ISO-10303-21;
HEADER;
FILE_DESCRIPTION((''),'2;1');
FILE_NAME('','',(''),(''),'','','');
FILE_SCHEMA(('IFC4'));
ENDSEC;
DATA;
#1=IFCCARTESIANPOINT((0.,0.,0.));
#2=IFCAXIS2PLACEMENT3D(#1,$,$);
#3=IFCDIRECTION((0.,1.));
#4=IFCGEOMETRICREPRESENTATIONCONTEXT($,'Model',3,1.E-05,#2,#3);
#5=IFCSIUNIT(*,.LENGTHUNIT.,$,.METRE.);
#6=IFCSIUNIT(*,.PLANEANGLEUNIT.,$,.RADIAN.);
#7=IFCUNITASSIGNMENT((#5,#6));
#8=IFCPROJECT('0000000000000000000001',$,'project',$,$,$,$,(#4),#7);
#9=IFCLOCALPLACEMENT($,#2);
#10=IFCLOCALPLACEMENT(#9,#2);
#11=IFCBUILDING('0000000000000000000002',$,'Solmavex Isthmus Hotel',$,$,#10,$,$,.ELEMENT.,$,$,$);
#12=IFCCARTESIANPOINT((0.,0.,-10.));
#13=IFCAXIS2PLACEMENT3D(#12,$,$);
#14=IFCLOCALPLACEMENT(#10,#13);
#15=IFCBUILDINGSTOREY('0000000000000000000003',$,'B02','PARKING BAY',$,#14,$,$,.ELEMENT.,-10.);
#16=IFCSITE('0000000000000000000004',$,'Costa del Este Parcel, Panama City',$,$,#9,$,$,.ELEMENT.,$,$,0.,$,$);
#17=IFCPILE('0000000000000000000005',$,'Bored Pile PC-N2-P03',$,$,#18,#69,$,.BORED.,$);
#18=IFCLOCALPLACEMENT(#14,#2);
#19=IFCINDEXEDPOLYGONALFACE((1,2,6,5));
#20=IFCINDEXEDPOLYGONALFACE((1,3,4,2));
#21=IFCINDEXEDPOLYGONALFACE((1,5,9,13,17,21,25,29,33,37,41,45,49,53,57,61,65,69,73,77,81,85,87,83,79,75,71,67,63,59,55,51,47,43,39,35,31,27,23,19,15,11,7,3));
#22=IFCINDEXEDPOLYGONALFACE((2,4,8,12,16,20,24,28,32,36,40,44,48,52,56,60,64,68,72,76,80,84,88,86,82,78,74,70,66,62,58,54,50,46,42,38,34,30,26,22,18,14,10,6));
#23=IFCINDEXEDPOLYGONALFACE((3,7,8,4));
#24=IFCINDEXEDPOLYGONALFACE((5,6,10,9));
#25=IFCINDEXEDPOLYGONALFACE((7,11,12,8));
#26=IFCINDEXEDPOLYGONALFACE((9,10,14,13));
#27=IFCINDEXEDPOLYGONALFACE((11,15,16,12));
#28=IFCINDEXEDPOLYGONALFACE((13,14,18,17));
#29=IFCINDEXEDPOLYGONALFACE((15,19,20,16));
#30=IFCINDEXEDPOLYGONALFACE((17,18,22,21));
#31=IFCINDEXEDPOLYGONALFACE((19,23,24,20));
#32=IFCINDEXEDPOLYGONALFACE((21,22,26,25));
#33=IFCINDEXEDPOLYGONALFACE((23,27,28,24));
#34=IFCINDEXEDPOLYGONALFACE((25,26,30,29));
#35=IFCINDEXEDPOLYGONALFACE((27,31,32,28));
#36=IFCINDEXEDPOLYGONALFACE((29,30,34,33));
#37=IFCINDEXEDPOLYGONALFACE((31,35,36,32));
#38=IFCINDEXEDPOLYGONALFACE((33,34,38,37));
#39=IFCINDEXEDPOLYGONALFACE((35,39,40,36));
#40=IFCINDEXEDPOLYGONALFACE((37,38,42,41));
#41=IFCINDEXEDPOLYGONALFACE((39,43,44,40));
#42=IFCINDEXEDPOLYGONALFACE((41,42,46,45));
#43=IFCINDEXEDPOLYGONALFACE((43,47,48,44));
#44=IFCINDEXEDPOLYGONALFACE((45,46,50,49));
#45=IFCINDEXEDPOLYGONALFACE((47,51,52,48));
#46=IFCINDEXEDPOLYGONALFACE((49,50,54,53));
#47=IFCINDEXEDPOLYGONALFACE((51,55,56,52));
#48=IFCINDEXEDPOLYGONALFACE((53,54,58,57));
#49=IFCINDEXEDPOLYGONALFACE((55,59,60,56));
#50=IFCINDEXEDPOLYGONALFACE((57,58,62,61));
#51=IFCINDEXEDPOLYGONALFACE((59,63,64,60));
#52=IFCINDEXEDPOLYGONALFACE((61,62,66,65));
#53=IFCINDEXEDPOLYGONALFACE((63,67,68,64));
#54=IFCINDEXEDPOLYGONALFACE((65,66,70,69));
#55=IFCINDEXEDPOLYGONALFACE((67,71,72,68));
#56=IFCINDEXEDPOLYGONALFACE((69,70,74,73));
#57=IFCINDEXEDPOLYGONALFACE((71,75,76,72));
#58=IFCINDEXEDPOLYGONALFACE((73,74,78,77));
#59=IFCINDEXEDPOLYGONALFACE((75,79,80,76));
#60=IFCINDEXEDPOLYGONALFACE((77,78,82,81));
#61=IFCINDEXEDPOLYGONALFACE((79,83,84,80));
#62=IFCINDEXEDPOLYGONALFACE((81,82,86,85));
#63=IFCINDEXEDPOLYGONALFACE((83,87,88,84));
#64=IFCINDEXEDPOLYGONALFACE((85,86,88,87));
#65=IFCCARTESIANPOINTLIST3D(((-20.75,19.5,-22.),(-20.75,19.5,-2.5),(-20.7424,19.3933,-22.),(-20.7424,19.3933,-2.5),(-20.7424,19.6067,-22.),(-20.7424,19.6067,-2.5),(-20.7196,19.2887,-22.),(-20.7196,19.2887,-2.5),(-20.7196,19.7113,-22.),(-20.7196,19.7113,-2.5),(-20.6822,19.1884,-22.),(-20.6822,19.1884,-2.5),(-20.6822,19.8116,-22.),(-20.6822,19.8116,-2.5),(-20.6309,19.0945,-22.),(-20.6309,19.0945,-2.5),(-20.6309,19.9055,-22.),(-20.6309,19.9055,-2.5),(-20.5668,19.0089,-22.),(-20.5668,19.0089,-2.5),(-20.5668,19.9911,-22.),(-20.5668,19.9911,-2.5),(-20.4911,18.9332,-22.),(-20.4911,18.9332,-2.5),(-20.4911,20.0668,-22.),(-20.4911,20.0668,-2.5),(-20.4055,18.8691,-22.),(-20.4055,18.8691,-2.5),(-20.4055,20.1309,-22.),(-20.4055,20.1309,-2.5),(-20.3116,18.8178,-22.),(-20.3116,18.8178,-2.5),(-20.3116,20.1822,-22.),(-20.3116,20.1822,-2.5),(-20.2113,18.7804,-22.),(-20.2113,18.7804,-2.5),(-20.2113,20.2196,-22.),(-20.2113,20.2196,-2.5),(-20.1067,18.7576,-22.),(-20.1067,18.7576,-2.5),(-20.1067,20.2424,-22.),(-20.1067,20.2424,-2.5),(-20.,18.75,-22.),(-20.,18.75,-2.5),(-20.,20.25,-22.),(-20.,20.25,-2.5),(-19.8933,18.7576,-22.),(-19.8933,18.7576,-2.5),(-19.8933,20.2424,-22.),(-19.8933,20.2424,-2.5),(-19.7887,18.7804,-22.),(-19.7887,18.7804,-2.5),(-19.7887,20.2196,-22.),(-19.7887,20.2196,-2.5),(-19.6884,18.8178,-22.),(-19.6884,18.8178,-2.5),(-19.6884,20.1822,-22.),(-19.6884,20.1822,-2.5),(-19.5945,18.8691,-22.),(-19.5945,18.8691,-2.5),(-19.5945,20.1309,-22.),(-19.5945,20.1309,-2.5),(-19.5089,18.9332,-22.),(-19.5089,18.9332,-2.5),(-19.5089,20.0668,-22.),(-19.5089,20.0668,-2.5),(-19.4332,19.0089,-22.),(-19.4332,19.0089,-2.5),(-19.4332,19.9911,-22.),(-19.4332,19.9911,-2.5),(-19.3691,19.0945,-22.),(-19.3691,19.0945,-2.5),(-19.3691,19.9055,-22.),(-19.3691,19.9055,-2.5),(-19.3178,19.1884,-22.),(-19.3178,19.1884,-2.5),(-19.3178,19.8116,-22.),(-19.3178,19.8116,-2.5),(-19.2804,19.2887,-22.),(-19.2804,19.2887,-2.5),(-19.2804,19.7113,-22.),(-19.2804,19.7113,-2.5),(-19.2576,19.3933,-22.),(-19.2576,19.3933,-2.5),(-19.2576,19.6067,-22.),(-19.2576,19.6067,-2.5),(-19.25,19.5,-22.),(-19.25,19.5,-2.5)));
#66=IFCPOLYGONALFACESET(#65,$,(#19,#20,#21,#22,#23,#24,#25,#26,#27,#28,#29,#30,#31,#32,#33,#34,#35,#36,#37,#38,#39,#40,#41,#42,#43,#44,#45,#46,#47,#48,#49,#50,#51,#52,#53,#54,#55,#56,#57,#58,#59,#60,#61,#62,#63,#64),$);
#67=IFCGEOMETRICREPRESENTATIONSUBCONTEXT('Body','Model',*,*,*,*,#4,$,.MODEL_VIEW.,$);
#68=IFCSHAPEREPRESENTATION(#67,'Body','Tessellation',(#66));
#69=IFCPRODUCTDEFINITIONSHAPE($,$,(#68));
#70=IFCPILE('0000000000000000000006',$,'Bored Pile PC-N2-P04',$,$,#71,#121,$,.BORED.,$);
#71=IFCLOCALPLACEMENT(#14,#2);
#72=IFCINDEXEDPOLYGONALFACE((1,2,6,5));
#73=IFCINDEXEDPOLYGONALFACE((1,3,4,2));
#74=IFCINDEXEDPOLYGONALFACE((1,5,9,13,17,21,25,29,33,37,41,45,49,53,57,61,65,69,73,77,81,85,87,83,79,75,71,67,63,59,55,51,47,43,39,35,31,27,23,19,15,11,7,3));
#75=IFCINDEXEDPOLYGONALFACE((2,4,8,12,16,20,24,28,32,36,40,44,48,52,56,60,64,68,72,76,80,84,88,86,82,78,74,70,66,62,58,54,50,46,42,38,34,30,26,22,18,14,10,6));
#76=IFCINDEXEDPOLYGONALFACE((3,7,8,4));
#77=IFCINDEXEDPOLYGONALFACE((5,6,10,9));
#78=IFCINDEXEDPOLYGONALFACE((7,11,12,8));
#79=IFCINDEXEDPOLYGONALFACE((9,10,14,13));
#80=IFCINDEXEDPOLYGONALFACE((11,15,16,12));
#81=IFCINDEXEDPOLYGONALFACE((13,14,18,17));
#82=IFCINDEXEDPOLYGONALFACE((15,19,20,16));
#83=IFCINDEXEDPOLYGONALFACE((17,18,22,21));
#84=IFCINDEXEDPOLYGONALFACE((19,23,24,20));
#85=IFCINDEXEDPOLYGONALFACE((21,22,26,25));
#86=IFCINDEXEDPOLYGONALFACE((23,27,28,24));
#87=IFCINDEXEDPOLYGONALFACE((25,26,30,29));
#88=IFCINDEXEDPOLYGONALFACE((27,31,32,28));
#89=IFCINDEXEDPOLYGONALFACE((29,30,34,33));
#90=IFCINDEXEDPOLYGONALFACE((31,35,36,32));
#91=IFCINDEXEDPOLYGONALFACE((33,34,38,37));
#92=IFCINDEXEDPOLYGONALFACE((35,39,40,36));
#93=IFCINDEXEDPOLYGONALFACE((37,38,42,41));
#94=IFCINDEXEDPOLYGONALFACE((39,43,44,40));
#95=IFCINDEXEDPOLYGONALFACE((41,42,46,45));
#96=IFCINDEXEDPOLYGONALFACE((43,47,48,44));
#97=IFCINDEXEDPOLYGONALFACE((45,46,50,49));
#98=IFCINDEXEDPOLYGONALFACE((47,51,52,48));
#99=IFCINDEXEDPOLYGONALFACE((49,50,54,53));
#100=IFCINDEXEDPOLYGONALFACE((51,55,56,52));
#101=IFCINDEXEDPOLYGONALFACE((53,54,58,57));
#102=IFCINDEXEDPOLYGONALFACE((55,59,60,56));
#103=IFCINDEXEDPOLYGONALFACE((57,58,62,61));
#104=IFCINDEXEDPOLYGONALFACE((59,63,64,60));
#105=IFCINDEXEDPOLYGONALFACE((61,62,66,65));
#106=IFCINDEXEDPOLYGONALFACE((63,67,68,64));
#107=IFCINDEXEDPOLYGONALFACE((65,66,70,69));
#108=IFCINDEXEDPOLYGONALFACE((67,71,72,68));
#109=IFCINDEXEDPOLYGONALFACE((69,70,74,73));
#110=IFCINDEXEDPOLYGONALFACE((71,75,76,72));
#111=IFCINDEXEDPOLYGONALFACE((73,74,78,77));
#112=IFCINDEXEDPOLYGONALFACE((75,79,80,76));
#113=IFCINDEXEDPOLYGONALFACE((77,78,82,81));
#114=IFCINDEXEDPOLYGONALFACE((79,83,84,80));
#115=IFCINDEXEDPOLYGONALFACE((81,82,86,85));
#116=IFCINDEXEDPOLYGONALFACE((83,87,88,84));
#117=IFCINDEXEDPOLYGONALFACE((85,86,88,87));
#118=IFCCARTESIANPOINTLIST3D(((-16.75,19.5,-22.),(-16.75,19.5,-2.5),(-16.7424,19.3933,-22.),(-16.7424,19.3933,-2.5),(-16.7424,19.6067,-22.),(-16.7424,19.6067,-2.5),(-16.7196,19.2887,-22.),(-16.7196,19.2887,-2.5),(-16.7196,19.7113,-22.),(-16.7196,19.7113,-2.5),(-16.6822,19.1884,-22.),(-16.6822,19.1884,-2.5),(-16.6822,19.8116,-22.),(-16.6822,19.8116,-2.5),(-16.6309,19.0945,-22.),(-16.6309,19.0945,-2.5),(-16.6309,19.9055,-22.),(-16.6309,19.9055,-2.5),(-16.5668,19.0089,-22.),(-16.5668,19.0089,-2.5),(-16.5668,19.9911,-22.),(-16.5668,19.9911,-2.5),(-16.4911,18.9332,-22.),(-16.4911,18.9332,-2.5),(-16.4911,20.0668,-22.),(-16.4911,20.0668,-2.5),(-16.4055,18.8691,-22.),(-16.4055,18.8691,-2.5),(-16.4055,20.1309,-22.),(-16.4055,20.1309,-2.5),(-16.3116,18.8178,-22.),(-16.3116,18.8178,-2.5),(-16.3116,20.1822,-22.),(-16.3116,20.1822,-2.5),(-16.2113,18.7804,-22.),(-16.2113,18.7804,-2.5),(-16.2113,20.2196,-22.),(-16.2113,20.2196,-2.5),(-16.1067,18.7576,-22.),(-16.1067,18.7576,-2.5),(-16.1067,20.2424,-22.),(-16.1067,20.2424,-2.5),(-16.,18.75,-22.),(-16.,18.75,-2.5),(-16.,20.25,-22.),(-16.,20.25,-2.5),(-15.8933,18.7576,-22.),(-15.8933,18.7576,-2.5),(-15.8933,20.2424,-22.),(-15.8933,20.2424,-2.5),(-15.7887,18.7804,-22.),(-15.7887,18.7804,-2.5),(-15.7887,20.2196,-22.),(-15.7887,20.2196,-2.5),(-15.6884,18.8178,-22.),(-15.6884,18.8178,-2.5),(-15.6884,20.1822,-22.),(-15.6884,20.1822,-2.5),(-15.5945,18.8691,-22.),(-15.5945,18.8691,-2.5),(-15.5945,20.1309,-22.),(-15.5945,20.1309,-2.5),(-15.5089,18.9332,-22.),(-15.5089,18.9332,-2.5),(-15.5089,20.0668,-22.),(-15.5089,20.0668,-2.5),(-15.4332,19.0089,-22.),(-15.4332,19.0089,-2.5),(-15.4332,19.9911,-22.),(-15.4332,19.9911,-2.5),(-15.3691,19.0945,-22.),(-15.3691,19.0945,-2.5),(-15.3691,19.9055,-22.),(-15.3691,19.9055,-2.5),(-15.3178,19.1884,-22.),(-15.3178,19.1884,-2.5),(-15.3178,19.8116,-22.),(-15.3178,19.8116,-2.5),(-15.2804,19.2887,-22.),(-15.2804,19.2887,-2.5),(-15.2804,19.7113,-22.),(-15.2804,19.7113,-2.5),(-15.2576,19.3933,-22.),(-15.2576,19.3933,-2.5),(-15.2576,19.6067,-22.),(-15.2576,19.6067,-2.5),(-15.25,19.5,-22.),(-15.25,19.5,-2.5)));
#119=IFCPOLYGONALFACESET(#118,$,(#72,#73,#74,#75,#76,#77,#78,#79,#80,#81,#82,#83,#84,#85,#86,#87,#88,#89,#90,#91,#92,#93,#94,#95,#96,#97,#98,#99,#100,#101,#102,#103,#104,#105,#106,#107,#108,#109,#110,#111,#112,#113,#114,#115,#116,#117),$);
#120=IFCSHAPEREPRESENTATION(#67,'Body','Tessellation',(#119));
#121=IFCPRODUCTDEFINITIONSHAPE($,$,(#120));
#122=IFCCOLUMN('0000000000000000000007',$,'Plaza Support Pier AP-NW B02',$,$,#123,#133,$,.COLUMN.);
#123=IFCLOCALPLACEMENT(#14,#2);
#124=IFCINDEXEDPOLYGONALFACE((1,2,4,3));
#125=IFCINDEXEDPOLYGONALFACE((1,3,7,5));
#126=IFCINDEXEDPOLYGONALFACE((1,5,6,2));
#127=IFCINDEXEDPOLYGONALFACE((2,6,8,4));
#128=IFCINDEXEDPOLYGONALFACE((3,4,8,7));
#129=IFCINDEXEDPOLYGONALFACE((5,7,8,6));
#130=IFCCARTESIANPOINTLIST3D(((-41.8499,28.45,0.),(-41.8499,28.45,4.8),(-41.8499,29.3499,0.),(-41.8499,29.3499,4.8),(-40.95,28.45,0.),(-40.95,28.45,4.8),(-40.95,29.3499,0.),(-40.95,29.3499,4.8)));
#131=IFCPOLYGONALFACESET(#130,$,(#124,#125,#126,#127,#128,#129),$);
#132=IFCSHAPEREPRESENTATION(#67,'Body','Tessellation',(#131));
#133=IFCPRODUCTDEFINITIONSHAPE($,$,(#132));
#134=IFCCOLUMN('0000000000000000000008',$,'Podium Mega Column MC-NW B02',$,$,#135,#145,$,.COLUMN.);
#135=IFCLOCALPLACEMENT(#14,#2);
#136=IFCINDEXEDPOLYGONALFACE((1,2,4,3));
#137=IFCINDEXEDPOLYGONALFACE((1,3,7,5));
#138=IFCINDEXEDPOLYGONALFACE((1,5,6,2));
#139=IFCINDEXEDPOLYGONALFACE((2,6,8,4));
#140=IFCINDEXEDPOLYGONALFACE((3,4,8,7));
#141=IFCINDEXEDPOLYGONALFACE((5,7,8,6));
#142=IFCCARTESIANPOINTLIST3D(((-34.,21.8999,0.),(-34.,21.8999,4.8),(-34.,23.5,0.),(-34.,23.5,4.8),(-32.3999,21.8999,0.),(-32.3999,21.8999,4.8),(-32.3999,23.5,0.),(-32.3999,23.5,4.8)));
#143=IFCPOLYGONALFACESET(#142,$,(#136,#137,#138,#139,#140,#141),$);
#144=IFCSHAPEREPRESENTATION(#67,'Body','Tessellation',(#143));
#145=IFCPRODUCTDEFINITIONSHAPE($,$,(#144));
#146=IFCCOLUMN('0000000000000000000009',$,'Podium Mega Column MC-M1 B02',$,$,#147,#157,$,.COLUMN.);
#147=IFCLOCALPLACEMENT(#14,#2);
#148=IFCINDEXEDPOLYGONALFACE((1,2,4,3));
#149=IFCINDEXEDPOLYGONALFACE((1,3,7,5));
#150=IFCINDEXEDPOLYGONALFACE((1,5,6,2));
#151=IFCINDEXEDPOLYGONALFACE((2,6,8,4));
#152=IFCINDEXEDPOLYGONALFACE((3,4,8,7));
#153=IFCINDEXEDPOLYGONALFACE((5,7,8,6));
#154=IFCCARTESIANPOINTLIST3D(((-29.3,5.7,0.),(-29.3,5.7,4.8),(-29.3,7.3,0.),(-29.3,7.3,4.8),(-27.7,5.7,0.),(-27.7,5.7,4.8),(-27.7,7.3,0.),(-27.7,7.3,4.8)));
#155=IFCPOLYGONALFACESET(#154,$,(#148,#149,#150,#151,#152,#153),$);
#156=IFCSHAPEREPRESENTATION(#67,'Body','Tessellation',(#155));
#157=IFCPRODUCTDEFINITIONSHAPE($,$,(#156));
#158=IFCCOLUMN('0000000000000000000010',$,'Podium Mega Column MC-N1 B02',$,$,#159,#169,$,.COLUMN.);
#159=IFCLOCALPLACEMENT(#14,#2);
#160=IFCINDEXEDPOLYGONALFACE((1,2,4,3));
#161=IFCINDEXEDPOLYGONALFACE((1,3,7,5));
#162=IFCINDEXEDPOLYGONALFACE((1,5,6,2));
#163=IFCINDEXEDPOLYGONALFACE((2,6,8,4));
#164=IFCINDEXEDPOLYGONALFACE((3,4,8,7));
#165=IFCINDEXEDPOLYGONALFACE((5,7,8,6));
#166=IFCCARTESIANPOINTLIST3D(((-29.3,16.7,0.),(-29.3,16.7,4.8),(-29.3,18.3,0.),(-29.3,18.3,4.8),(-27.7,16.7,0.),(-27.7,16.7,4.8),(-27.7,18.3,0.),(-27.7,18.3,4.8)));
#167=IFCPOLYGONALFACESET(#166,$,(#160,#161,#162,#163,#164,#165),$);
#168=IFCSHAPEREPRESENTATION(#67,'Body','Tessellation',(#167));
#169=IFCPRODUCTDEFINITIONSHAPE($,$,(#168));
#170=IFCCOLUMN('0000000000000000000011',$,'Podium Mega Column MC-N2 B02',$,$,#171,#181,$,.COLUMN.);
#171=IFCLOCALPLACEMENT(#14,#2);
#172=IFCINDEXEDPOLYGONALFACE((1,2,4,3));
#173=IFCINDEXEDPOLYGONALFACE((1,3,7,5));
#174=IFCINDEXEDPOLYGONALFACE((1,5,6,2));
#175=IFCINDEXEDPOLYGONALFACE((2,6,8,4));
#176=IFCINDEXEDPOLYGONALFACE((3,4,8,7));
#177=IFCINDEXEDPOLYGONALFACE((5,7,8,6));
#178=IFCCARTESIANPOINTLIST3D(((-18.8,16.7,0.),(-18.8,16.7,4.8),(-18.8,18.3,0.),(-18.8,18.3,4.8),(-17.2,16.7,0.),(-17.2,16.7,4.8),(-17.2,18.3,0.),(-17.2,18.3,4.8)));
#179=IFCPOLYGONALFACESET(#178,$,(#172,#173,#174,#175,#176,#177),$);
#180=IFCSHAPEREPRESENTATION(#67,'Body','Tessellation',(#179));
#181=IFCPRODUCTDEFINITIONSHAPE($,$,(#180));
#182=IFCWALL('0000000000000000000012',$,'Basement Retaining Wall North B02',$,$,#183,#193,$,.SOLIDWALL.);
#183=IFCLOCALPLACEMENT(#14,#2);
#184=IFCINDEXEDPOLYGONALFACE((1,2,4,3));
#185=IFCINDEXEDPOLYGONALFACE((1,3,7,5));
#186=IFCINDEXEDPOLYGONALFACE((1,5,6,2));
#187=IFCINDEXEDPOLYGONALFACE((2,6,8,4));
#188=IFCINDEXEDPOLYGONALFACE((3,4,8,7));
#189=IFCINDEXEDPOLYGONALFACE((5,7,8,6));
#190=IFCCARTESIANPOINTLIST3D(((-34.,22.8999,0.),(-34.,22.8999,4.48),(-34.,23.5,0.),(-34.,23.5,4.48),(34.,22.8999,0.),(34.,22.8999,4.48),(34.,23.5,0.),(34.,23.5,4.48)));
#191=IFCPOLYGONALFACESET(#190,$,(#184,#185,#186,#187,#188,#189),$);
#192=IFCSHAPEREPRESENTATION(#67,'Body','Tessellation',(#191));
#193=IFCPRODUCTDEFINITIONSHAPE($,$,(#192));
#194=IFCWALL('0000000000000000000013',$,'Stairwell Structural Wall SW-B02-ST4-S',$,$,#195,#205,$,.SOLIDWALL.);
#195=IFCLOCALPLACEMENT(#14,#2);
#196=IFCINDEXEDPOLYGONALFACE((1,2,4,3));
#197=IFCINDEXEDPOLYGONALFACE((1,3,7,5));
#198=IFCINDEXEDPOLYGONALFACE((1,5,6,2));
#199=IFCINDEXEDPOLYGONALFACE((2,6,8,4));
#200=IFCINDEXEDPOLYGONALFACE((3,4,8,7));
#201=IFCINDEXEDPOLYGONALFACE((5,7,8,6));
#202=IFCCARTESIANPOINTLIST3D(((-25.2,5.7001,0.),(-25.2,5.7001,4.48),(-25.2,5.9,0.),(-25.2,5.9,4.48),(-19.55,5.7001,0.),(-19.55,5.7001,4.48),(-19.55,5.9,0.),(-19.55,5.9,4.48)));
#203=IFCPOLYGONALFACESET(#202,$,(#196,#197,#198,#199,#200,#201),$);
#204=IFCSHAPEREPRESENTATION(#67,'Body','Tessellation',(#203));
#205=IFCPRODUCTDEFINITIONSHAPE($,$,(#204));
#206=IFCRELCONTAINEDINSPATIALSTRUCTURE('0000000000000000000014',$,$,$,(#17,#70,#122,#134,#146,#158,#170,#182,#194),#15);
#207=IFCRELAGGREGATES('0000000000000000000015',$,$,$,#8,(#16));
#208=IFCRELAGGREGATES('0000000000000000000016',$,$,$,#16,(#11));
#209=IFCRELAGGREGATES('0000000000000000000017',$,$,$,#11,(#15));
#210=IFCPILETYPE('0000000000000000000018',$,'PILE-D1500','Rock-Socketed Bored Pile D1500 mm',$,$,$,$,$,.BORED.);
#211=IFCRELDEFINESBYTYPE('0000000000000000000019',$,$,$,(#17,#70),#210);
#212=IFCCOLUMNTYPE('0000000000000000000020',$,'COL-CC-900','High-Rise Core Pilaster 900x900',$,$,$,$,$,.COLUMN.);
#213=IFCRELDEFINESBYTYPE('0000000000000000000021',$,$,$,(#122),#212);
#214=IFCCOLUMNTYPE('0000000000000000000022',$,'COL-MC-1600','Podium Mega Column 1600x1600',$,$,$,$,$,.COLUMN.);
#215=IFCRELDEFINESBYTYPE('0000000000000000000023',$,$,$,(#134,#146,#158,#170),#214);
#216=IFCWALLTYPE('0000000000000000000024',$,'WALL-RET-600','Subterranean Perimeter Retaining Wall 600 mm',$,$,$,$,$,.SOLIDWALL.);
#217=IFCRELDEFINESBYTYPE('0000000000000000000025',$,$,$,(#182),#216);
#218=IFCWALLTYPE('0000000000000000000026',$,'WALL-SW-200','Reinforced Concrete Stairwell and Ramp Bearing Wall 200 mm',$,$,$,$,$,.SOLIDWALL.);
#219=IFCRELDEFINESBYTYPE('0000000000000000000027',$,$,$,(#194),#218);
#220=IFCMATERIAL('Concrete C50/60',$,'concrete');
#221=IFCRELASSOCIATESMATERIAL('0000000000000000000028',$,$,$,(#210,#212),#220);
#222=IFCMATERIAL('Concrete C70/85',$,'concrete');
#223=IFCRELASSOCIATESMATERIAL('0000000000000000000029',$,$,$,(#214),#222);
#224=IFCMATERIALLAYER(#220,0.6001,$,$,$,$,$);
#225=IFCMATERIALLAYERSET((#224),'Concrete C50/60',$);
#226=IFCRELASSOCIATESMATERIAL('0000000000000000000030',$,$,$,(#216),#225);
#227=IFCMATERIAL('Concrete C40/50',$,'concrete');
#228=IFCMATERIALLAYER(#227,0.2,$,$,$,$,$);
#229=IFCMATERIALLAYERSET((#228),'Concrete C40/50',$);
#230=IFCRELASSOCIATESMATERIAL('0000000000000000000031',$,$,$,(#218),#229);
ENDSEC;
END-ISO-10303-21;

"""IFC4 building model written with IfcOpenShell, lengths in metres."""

from ifc_helpers import new_model, si_unit, direction, frame, frame_2d, origin, origin_2d, place, context, subcontext, project, spatial, rectangle, circle, extrude, material, layer, layer_set, material_profile, profile_set, type_object, element, save


model = new_model("IFC4")

# Units and contexts
model_context = context("Model", 3, precision=1e-05, world=origin(), true_north=direction((0.0, 1.0)))
body_context = subcontext(model_context, "Body", "Model", "MODEL_VIEW")
ifc_project = project(units=[si_unit("LENGTHUNIT", "METRE"), si_unit("PLANEANGLEUNIT", "RADIAN")], contexts=[model_context])

# Site, building, storey
site_placement = place(None, origin())
site = spatial("IfcSite", under=ifc_project, at=site_placement, Name="Costa del Este Parcel, Panama City", CompositionType="ELEMENT", RefElevation=0.0)
building_placement = place(site_placement, origin())
building = spatial("IfcBuilding", under=site, at=building_placement, Name="Solmavex Isthmus Hotel", CompositionType="ELEMENT")
storey_placement = place(building_placement, frame((0.0, 0.0, -10.0)))
storey = spatial("IfcBuildingStorey", under=building, at=storey_placement, Name="B02", Description="PARKING BAY", CompositionType="ELEMENT", Elevation=-10.0)

# Shared definitions
ifc_material_1 = material(Name="Concrete C50/60", Category="concrete")

# Piles
ifc_material_profile_1 = material_profile(ifc_material_1, circle(Radius=0.75, at=origin_2d()), Name="PILE1500")
ifc_profile_set_1 = profile_set([ifc_material_profile_1], Name="Concrete C50/60")
pile_type = type_object("IfcPileType", Name="PILE-D1500", Description="Rock-Socketed Bored Pile D1500 mm", PredefinedType="BORED", material=ifc_profile_set_1)
for number, where, z_axis, x_axis, name in (
    (1, (-20.0, 19.5, -2.5), (0.0, 0.0, -1.0), (1.0, 0.0, 0.0), "Bored Pile PC-N2-P03"),
    (2, (-16.0, 19.5, -2.5), (0.0, 0.0, -1.0), (1.0, 0.0, 0.0), "Bored Pile PC-N2-P04"),
):
    element("IfcPile", number, at=place(storey_placement, frame(where, z_axis=z_axis, x_axis=x_axis)), inside=storey, type_object=pile_type, Name=name, PredefinedType="BORED", context=body_context, shape_type="SweptSolid", body=[
        extrude(circle(Radius=0.75, at=origin_2d()), origin(), (0.0, 0.0, 1.0), 19.5),
    ])

# Columns
ifc_material_profile_2 = material_profile(ifc_material_1, rectangle(XDim=0.8999, YDim=0.8999, at=origin_2d()), Name="RC900X900")
ifc_profile_set_2 = profile_set([ifc_material_profile_2], Name="Concrete C50/60")
column_type_1 = type_object("IfcColumnType", Name="COL-CC-900", Description="High-Rise Core Pilaster 900x900", PredefinedType="COLUMN", material=ifc_profile_set_2)
column_placement = place(storey_placement, frame((-41.3999, 28.8999, 0.0), z_axis=(0.0, 0.0, 1.0), x_axis=(1.0, 0.0, 0.0)))
element("IfcColumn", 3, at=column_placement, inside=storey, type_object=column_type_1, Name="Plaza Support Pier AP-NW B02", PredefinedType="COLUMN", context=body_context, shape_type="SweptSolid", body=[
    extrude(rectangle(XDim=0.8999, YDim=0.8999, at=origin_2d()), origin(), (0.0, 0.0, 1.0), 4.8),
])
ifc_material_2 = material(Name="Concrete C70/85", Category="concrete")
ifc_material_profile_3 = material_profile(ifc_material_2, rectangle(XDim=1.6001, YDim=1.6001, at=origin_2d()), Name="RC1600X1600")
ifc_profile_set_3 = profile_set([ifc_material_profile_3], Name="Concrete C70/85")
column_type_2 = type_object("IfcColumnType", Name="COL-MC-1600", Description="Podium Mega Column 1600x1600", PredefinedType="COLUMN", material=ifc_profile_set_3)
for number, where, z_axis, x_axis, name in (
    (4, (-33.2, 22.7, 0.0), (0.0, 0.0, 1.0), (1.0, 0.0, 0.0), "Podium Mega Column MC-NW B02"),
    (5, (-28.5, 6.5, 0.0), (0.0, 0.0, 1.0), (1.0, 0.0, 0.0), "Podium Mega Column MC-M1 B02"),
    (6, (-28.5, 17.5, 0.0), (0.0, 0.0, 1.0), (1.0, 0.0, 0.0), "Podium Mega Column MC-N1 B02"),
    (7, (-18.0, 17.5, 0.0), (0.0, 0.0, 1.0), (1.0, 0.0, 0.0), "Podium Mega Column MC-N2 B02"),
):
    element("IfcColumn", number, at=place(storey_placement, frame(where, z_axis=z_axis, x_axis=x_axis)), inside=storey, type_object=column_type_2, Name=name, PredefinedType="COLUMN", context=body_context, shape_type="SweptSolid", body=[
        extrude(rectangle(XDim=1.6001, YDim=1.6001, at=origin_2d()), origin(), (0.0, 0.0, 1.0), 4.8),
    ])

# Walls
ifc_layer_1 = layer(ifc_material_1, 0.6001)
ifc_layer_set_1 = layer_set([ifc_layer_1], Name="Concrete C50/60")
wall_type_1 = type_object("IfcWallType", Name="WALL-RET-600", Description="Subterranean Perimeter Retaining Wall 600 mm", PredefinedType="SOLIDWALL", material=ifc_layer_set_1)
wall_1_placement = place(storey_placement, frame((-34.0, 23.2, 0.0), z_axis=(0.0, 0.0, 1.0), x_axis=(1.0, 0.0, 0.0)))
element("IfcWall", 8, at=wall_1_placement, inside=storey, type_object=wall_type_1, Name="Basement Retaining Wall North B02", PredefinedType="SOLIDWALL", context=body_context, shape_type="SweptSolid", body=[
    extrude(rectangle(XDim=68.0, YDim=0.6001, at=frame_2d((34.0, 0.0))), origin(), (0.0, 0.0, 1.0), 4.48),
])
ifc_material_3 = material(Name="Concrete C40/50", Category="concrete")
ifc_layer_2 = layer(ifc_material_3, 0.2)
ifc_layer_set_2 = layer_set([ifc_layer_2], Name="Concrete C40/50")
wall_type_2 = type_object("IfcWallType", Name="WALL-SW-200", Description="Reinforced Concrete Stairwell and Ramp Bearing Wall 200 mm", PredefinedType="SOLIDWALL", material=ifc_layer_set_2)
for number, where, z_axis, x_axis, name in (
    (9, (-25.2, 5.8, 0.0), (0.0, 0.0, 1.0), (1.0, 0.0, 0.0), "Stairwell Structural Wall SW-B02-ST4-S"),
):
    element("IfcWall", number, at=place(storey_placement, frame(where, z_axis=z_axis, x_axis=x_axis)), inside=storey, type_object=wall_type_2, Name=name, PredefinedType="SOLIDWALL", context=body_context, shape_type="SweptSolid", body=[
        extrude(rectangle(XDim=5.6499, YDim=0.2, at=frame_2d((2.825, 0.0))), origin(), (0.0, 0.0, 1.0), 4.48),
    ])

save(model, "model.ifc")
